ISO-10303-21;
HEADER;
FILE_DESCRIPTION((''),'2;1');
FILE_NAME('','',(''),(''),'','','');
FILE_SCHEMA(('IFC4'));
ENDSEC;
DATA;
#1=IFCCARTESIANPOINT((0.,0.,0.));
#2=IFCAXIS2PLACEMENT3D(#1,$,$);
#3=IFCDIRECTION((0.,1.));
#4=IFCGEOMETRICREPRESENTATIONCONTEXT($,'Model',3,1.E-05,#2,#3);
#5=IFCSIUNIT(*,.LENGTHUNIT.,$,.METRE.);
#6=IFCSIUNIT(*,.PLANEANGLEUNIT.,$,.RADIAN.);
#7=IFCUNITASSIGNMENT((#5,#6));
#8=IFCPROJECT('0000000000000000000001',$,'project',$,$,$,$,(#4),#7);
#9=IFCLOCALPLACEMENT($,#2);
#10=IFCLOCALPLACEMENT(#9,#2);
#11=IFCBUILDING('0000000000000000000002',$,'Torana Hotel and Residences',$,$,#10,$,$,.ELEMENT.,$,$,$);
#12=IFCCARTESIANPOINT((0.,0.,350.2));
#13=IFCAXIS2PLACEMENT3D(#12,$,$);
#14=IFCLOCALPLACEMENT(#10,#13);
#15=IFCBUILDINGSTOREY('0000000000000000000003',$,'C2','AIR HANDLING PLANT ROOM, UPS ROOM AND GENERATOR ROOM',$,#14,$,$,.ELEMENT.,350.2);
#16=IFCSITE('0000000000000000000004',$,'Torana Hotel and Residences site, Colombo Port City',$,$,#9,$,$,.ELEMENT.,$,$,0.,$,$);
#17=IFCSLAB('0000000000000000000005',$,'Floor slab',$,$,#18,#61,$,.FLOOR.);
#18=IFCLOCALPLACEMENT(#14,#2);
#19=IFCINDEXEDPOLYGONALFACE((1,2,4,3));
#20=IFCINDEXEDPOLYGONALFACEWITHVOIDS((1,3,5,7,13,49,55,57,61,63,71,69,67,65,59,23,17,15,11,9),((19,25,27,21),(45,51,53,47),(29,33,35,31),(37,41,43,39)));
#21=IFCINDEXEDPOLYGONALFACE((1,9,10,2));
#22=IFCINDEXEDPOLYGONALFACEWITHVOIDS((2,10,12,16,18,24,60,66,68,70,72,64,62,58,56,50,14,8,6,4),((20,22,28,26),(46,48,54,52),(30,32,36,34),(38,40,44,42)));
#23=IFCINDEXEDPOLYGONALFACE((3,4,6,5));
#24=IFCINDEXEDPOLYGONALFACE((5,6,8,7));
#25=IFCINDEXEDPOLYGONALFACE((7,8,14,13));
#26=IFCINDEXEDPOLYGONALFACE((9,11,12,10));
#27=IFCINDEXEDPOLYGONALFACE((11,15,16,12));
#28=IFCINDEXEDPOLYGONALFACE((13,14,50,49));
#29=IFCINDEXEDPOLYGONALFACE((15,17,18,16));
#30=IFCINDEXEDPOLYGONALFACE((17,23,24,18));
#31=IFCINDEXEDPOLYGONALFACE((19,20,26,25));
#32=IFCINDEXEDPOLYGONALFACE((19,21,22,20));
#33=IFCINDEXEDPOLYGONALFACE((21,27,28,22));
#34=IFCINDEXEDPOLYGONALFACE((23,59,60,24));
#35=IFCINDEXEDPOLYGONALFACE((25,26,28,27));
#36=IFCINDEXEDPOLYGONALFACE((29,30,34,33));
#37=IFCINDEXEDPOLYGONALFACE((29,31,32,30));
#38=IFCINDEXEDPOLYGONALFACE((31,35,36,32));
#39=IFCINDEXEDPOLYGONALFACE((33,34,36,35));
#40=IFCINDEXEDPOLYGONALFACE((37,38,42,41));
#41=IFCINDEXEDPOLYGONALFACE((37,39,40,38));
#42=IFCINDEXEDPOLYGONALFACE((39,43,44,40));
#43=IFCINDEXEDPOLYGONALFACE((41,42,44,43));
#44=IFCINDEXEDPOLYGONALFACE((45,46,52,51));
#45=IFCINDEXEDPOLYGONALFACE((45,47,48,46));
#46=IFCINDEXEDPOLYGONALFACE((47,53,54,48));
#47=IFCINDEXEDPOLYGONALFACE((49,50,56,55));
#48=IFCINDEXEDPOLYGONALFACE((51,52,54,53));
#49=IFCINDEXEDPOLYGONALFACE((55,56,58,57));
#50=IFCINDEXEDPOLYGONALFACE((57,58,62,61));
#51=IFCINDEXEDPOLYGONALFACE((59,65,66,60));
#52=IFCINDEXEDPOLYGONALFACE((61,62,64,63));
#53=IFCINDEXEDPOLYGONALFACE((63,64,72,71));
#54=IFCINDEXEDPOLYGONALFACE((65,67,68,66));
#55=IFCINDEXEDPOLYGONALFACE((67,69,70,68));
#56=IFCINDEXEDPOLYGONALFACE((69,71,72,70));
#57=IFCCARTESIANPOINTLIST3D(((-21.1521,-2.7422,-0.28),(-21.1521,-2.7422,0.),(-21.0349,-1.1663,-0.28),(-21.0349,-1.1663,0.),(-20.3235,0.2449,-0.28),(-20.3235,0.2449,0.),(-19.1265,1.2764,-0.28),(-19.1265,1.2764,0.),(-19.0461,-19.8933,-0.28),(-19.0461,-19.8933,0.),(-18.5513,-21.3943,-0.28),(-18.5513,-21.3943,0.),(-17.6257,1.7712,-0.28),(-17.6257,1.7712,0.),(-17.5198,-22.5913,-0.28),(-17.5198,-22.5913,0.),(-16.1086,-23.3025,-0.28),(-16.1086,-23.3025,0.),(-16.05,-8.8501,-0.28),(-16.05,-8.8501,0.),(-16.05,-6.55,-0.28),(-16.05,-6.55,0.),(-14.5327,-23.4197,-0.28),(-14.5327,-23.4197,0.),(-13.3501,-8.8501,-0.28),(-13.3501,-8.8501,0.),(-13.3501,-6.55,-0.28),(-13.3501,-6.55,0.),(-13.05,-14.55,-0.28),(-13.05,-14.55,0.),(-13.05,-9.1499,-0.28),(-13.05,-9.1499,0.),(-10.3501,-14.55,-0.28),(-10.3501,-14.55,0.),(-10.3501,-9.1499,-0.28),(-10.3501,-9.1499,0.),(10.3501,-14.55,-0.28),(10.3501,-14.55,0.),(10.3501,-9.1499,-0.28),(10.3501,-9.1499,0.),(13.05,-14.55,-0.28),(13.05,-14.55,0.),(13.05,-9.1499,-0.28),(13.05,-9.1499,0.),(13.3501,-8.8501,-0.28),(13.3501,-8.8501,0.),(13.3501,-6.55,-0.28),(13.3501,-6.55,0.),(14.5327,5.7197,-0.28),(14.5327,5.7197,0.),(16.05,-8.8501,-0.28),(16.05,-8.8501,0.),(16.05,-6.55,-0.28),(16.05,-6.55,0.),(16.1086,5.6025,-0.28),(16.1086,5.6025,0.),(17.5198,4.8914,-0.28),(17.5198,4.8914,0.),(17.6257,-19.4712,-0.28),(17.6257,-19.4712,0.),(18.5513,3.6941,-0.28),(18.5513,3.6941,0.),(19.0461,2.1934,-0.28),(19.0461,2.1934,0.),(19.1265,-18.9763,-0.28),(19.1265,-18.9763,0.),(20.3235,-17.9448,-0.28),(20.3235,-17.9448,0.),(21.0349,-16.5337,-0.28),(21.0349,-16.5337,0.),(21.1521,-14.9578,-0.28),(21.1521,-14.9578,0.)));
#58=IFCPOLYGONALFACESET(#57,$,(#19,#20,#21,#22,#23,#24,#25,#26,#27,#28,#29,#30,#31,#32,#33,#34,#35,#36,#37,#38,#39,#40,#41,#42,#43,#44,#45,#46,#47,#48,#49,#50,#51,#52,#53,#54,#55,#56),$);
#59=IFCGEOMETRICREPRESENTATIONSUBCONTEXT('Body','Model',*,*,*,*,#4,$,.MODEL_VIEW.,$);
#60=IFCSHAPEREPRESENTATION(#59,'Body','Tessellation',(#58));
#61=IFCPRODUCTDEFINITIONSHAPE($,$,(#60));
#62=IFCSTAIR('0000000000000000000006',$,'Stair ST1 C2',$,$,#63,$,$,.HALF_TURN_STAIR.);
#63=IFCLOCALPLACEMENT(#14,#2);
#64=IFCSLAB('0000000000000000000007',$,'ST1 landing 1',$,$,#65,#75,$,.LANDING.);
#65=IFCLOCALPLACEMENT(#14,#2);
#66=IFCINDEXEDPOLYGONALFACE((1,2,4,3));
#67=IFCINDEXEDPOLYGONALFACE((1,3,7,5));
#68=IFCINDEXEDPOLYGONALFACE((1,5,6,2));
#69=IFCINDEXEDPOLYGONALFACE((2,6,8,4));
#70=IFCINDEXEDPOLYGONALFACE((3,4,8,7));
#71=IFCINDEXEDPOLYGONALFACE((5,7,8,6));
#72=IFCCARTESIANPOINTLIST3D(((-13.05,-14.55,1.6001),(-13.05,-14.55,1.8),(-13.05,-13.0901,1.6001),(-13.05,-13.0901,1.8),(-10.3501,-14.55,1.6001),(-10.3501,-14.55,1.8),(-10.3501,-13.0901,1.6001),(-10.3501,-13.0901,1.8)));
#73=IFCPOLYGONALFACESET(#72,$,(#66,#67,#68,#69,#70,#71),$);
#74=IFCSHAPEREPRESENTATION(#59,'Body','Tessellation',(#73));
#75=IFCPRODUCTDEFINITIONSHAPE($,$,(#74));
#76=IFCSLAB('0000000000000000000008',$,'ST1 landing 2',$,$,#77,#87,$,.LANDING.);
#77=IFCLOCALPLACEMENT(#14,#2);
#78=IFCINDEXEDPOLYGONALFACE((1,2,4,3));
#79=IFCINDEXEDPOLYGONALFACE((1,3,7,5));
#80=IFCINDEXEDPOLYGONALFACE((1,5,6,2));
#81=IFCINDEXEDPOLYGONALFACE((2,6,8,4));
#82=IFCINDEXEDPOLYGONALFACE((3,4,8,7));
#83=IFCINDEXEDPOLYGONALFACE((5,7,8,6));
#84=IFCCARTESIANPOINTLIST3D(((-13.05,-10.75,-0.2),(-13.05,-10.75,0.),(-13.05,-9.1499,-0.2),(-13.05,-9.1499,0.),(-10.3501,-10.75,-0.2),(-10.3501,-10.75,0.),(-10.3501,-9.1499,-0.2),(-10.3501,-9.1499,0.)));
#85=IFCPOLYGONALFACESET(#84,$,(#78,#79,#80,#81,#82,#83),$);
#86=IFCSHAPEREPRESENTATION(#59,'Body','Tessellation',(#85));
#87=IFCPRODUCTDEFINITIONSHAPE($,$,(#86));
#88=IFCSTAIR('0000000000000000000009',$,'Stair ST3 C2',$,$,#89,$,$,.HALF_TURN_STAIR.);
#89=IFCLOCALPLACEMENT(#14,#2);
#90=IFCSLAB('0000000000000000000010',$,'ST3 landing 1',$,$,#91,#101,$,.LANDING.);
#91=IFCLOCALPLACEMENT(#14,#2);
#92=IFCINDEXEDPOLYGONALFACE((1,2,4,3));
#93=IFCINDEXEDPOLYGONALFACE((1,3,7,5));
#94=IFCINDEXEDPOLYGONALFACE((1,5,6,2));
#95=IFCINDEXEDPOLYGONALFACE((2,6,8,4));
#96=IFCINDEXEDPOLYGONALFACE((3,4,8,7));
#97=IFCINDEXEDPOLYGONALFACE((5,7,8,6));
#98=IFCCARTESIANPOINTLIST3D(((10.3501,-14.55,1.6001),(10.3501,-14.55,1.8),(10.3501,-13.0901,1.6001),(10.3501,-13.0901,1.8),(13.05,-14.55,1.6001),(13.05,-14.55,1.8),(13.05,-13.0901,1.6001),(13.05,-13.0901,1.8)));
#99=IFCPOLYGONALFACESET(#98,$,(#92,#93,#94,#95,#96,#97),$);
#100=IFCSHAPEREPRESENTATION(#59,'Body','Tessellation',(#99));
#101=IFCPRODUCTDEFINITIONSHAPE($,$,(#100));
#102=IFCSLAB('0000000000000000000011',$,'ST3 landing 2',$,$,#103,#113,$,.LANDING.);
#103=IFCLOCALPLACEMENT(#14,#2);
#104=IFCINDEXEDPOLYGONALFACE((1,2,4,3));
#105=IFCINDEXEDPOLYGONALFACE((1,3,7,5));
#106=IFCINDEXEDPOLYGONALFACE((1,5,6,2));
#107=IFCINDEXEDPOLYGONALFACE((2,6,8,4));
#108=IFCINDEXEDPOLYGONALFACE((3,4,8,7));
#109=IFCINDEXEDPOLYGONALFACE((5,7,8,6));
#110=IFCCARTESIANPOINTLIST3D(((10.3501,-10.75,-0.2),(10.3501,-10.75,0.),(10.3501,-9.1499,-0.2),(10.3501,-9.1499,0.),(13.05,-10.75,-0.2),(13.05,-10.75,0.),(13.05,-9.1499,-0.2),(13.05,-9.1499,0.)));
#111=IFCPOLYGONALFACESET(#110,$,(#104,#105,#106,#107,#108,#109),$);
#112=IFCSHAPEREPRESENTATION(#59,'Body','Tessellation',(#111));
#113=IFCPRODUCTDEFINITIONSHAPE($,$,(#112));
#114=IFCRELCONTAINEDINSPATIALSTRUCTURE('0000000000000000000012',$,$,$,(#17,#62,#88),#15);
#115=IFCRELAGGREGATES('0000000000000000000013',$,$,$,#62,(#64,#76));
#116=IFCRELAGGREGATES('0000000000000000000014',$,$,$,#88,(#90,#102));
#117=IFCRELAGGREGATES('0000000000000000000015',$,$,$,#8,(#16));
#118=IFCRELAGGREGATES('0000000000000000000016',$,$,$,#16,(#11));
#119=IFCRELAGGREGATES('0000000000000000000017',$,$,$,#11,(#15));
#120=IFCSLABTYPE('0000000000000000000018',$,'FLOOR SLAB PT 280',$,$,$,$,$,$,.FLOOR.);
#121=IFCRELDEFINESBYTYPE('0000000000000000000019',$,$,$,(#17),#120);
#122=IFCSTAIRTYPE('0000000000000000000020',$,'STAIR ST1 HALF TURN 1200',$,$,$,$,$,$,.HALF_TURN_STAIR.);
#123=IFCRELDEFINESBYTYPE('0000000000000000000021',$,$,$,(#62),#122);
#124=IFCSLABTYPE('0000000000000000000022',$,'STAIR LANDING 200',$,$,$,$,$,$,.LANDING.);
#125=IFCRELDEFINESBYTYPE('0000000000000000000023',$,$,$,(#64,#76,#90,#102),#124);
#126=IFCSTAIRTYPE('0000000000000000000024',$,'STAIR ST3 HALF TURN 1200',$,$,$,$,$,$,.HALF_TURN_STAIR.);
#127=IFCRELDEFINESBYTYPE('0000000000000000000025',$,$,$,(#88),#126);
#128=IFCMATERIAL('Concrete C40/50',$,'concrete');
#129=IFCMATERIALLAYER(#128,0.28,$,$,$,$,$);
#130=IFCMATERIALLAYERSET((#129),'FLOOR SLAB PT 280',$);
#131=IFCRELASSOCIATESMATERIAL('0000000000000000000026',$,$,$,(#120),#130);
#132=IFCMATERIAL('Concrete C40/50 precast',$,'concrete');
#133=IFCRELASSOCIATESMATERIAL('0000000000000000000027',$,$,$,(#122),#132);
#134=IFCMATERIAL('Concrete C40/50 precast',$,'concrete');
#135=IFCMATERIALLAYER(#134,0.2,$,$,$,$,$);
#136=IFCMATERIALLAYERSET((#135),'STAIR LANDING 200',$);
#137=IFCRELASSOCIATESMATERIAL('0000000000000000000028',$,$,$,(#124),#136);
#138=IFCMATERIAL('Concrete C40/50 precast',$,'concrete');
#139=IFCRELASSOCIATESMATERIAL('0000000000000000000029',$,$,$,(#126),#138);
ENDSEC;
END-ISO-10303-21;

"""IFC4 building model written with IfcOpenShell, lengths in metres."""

from ifc_helpers import new_model, si_unit, direction, frame, origin, place, context, subcontext, project, spatial, polyline, outline, extrude, material, layer, layer_set, type_object, element, aggregate, save


model = new_model("IFC4")

# Units and contexts
model_context = context("Model", 3, precision=1e-05, world=origin(), true_north=direction((0.0, 1.0)))
body_context = subcontext(model_context, "Body", "Model", "MODEL_VIEW")
ifc_project = project(units=[si_unit("LENGTHUNIT", "METRE"), si_unit("PLANEANGLEUNIT", "RADIAN")], contexts=[model_context])

# Site, building, storey
site_placement = place(None, origin())
site = spatial("IfcSite", under=ifc_project, at=site_placement, Name="Torana Hotel and Residences site, Colombo Port City", CompositionType="ELEMENT", RefElevation=0.0)
building_placement = place(site_placement, origin())
building = spatial("IfcBuilding", under=site, at=building_placement, Name="Torana Hotel and Residences", CompositionType="ELEMENT")
storey_placement = place(building_placement, frame((0.0, 0.0, 350.2)))
storey = spatial("IfcBuildingStorey", under=building, at=storey_placement, Name="C2", Description="AIR HANDLING PLANT ROOM, UPS ROOM AND GENERATOR ROOM", CompositionType="ELEMENT", Elevation=350.2)

# Slab
ifc_material_1 = material(Name="Concrete C40/50", Category="concrete")
ifc_layer_1 = layer(ifc_material_1, 0.28)
ifc_layer_set_1 = layer_set([ifc_layer_1], Name="FLOOR SLAB PT 280")
slab_type_1 = type_object("IfcSlabType", Name="FLOOR SLAB PT 280", PredefinedType="FLOOR", material=ifc_layer_set_1)
slab_1_placement = place(storey_placement, frame((0.0, 0.0, -0.28)))
element("IfcSlab", 1, at=slab_1_placement, inside=storey, type_object=slab_type_1, Name="Floor slab", PredefinedType="FLOOR", context=body_context, shape_type="SweptSolid", body=[
    extrude(outline(polyline([(19.0461, 2.1934), (18.5513, 3.6941), (17.5198, 4.8914), (16.1086, 5.6025), (14.5327, 5.7197), (-17.6257, 1.7712), (-19.1265, 1.2764), (-20.3235, 0.2449), (-21.0349, -1.1663), (-21.1521, -2.7422), (-19.0461, -19.8933), (-18.5513, -21.3943), (-17.5198, -22.5913), (-16.1086, -23.3025), (-14.5327, -23.4197), (17.6257, -19.4712), (19.1265, -18.9763), (20.3235, -17.9448), (21.0349, -16.5337), (21.1521, -14.9578), (19.0461, 2.1934)]), holes=[polyline([(-13.05, -14.55), (-10.3501, -14.55), (-10.3501, -9.1499), (-13.05, -9.1499), (-13.05, -14.55)]), polyline([(-16.05, -8.8501), (-13.3501, -8.8501), (-13.3501, -6.55), (-16.05, -6.55), (-16.05, -8.8501)]), polyline([(10.3501, -14.55), (13.05, -14.55), (13.05, -9.1499), (10.3501, -9.1499), (10.3501, -14.55)]), polyline([(13.3501, -8.8501), (16.05, -8.8501), (16.05, -6.55), (13.3501, -6.55), (13.3501, -8.8501)])]), origin(), (0.0, 0.0, 1.0), 0.28),
])

# Stairs, slabs
ifc_material_2 = material(Name="Concrete C40/50 precast", Category="concrete")
stair_type_1 = type_object("IfcStairType", Name="STAIR ST1 HALF TURN 1200", PredefinedType="HALF_TURN_STAIR", material=ifc_material_2)
stair_1_placement = place(storey_placement, origin())
stair_1 = element("IfcStair", 2, at=stair_1_placement, inside=storey, type_object=stair_type_1, Name="Stair ST1 C2", PredefinedType="HALF_TURN_STAIR")
ifc_material_3 = material(Name="Concrete C40/50 precast", Category="concrete")
ifc_layer_2 = layer(ifc_material_3, 0.2)
ifc_layer_set_2 = layer_set([ifc_layer_2], Name="STAIR LANDING 200")
slab_type_2 = type_object("IfcSlabType", Name="STAIR LANDING 200", PredefinedType="LANDING", material=ifc_layer_set_2)
slab_2_placement = place(storey_placement, frame((0.0, 0.0, 1.6001)))
slab_2 = element("IfcSlab", 3, at=slab_2_placement, type_object=slab_type_2, Name="ST1 landing 1", PredefinedType="LANDING", context=body_context, shape_type="SweptSolid", body=[
    extrude(outline(polyline([(-13.05, -14.55), (-10.3501, -14.55), (-10.3501, -13.0901), (-13.05, -13.0901), (-13.05, -14.55)])), origin(), (0.0, 0.0, 1.0), 0.2),
])
slab_3_placement = place(storey_placement, frame((0.0, 0.0, -0.2)))
slab_3 = element("IfcSlab", 4, at=slab_3_placement, type_object=slab_type_2, Name="ST1 landing 2", PredefinedType="LANDING", context=body_context, shape_type="SweptSolid", body=[
    extrude(outline(polyline([(-13.05, -10.75), (-10.3501, -10.75), (-10.3501, -9.1499), (-13.05, -9.1499), (-13.05, -10.75)])), origin(), (0.0, 0.0, 1.0), 0.2),
])
aggregate(stair_1, [slab_2, slab_3])
ifc_material_4 = material(Name="Concrete C40/50 precast", Category="concrete")
stair_type_2 = type_object("IfcStairType", Name="STAIR ST3 HALF TURN 1200", PredefinedType="HALF_TURN_STAIR", material=ifc_material_4)
stair_2_placement = place(storey_placement, origin())
stair_2 = element("IfcStair", 5, at=stair_2_placement, inside=storey, type_object=stair_type_2, Name="Stair ST3 C2", PredefinedType="HALF_TURN_STAIR")
slab_4_placement = place(storey_placement, frame((0.0, 0.0, 1.6001)))
slab_4 = element("IfcSlab", 6, at=slab_4_placement, type_object=slab_type_2, Name="ST3 landing 1", PredefinedType="LANDING", context=body_context, shape_type="SweptSolid", body=[
    extrude(outline(polyline([(10.3501, -14.55), (13.05, -14.55), (13.05, -13.0901), (10.3501, -13.0901), (10.3501, -14.55)])), origin(), (0.0, 0.0, 1.0), 0.2),
])
slab_5_placement = place(storey_placement, frame((0.0, 0.0, -0.2)))
slab_5 = element("IfcSlab", 7, at=slab_5_placement, type_object=slab_type_2, Name="ST3 landing 2", PredefinedType="LANDING", context=body_context, shape_type="SweptSolid", body=[
    extrude(outline(polyline([(10.3501, -10.75), (13.05, -10.75), (13.05, -9.1499), (10.3501, -9.1499), (10.3501, -10.75)])), origin(), (0.0, 0.0, 1.0), 0.2),
])

aggregate(stair_2, [slab_4, slab_5])

save(model, "model.ifc")
